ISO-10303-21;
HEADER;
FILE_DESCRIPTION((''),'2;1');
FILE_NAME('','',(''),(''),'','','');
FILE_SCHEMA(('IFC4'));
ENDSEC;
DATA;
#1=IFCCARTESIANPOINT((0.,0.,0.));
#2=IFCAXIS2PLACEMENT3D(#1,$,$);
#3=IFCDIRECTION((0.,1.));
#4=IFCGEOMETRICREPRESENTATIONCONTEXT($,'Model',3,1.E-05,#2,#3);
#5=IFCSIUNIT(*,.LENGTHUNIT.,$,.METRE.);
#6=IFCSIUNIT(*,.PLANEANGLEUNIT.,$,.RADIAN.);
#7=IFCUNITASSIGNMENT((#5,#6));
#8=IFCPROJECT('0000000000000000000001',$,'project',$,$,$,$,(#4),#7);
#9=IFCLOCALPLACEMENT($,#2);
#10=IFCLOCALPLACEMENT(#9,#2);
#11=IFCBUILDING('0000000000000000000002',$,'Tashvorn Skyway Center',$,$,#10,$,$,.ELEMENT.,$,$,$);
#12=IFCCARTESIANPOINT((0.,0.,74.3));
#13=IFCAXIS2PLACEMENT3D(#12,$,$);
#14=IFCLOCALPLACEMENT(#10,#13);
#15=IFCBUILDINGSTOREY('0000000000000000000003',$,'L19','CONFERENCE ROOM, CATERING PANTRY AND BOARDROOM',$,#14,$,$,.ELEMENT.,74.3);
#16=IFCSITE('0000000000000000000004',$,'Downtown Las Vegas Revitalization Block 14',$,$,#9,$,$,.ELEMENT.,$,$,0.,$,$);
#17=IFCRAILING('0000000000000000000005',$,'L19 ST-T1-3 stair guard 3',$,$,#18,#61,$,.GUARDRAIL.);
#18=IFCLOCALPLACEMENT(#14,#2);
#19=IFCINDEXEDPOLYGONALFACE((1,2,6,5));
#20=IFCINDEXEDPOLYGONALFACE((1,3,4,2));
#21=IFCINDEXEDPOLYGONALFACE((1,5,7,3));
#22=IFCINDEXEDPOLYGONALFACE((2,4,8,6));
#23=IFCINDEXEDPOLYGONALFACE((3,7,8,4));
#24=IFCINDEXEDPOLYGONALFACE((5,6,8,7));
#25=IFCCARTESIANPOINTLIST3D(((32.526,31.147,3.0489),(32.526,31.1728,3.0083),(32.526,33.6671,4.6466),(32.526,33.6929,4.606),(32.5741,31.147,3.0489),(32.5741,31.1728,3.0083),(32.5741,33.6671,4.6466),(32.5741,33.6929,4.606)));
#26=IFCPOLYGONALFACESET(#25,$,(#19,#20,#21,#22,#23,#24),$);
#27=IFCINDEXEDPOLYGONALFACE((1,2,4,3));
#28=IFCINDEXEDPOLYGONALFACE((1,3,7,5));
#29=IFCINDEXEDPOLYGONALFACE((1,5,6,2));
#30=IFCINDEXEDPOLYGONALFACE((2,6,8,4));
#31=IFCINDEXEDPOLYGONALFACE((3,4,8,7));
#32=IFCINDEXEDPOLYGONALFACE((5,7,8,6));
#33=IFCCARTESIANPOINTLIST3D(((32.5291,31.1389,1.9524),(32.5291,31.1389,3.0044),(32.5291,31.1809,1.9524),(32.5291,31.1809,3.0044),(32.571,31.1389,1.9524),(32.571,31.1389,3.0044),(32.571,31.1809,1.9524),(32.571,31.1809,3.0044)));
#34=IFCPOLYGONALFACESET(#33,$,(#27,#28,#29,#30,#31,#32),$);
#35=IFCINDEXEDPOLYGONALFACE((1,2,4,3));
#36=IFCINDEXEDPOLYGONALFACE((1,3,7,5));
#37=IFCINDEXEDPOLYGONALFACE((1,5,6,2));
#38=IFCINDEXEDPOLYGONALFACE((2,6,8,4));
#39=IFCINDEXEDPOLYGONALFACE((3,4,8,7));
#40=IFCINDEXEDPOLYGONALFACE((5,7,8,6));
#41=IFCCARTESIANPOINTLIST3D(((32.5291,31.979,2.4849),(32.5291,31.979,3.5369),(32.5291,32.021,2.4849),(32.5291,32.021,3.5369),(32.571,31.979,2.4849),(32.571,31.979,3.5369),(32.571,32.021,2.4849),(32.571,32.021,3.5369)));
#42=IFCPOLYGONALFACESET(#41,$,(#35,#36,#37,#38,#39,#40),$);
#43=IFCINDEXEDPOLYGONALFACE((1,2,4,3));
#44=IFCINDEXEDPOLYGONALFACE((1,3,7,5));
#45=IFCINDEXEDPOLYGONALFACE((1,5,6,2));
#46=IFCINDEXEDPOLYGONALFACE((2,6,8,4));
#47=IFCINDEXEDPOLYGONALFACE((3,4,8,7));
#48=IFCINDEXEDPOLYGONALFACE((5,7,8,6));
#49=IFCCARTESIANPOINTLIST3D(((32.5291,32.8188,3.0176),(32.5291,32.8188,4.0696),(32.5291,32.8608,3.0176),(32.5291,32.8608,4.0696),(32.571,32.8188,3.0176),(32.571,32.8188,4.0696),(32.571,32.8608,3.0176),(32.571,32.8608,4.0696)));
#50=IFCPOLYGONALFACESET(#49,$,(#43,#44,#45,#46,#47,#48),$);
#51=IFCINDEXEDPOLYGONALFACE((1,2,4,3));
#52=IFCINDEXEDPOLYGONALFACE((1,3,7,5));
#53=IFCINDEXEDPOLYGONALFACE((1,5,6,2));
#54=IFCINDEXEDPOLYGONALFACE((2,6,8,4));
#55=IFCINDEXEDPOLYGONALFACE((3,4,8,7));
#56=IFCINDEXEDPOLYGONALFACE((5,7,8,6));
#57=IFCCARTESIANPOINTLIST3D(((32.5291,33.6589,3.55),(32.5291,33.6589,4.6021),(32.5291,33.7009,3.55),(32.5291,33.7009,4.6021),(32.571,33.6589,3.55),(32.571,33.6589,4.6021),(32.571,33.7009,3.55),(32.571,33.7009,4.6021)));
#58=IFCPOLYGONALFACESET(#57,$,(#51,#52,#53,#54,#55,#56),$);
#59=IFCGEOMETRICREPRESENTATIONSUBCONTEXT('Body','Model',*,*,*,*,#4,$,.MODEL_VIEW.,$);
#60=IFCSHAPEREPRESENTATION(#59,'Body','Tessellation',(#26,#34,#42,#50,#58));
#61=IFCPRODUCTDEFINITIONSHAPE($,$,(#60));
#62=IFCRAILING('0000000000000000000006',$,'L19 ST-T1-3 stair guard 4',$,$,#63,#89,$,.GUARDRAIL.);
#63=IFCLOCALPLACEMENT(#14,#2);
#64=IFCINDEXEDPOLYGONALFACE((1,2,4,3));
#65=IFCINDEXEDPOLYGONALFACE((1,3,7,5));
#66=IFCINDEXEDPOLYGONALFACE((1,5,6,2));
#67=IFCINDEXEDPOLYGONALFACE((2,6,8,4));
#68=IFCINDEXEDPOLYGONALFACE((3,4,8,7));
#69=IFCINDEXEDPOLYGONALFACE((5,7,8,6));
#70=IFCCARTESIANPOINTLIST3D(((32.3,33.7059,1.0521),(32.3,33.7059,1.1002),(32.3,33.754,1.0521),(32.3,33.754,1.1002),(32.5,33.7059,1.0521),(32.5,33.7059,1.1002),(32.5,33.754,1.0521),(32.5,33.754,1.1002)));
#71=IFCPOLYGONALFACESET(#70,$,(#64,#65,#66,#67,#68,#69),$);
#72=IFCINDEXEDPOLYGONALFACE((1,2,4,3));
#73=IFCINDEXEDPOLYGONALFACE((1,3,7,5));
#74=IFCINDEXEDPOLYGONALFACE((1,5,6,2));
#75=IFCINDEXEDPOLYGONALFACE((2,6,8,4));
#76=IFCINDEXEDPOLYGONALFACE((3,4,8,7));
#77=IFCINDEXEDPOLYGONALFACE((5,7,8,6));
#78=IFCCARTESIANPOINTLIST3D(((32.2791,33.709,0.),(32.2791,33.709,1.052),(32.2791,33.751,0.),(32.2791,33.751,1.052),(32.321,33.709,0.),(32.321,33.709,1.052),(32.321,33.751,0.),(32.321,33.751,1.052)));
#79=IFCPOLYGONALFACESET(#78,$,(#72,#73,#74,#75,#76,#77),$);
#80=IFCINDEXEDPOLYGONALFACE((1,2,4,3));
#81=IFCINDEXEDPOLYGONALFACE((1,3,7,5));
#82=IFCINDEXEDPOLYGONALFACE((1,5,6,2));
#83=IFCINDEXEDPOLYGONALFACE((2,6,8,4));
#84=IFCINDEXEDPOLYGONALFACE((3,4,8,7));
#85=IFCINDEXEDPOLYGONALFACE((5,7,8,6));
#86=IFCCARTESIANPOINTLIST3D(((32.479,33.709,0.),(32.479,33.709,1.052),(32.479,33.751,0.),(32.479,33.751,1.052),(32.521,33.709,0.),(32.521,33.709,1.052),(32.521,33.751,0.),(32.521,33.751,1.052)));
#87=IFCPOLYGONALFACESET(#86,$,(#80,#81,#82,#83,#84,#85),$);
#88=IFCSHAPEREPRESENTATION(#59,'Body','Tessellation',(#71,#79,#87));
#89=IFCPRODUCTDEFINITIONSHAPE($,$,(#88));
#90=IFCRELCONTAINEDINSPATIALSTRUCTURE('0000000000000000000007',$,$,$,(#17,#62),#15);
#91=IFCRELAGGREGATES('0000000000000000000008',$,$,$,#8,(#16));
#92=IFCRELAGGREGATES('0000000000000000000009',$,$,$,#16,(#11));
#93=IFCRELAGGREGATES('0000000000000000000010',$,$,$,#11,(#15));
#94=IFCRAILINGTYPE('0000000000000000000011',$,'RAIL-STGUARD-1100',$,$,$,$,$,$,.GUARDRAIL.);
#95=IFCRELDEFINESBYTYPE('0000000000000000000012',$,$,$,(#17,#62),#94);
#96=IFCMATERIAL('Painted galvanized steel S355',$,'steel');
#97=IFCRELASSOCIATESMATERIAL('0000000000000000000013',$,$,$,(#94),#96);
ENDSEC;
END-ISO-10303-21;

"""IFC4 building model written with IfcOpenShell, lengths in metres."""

from ifc_helpers import new_model, si_unit, direction, frame, origin, origin_2d, place, context, subcontext, project, spatial, rectangle, extrude, material, type_object, element, save


model = new_model("IFC4")

# Units and contexts
model_context = context("Model", 3, precision=1e-05, world=origin(), true_north=direction((0.0, 1.0)))
body_context = subcontext(model_context, "Body", "Model", "MODEL_VIEW")
ifc_project = project(units=[si_unit("LENGTHUNIT", "METRE"), si_unit("PLANEANGLEUNIT", "RADIAN")], contexts=[model_context])

# Site, building, storey
site_placement = place(None, origin())
site = spatial("IfcSite", under=ifc_project, at=site_placement, Name="Downtown Las Vegas Revitalization Block 14", CompositionType="ELEMENT", RefElevation=0.0)
building_placement = place(site_placement, origin())
building = spatial("IfcBuilding", under=site, at=building_placement, Name="Tashvorn Skyway Center", CompositionType="ELEMENT")
storey_placement = place(building_placement, frame((0.0, 0.0, 74.3)))
storey = spatial("IfcBuildingStorey", under=building, at=storey_placement, Name="L19", Description="CONFERENCE ROOM, CATERING PANTRY AND BOARDROOM", CompositionType="ELEMENT", Elevation=74.3)

# Railings
ifc_material_1 = material(Name="Painted galvanized steel S355", Category="steel")
railing_type_1 = type_object("IfcRailingType", Name="RAIL-STGUARD-1100", PredefinedType="GUARDRAIL", material=ifc_material_1)
railing_1_placement = place(storey_placement, frame((32.55, 31.1599, 1.9524)))
element("IfcRailing", 1, at=railing_1_placement, inside=storey, type_object=railing_type_1, Name="L19 ST-T1-3 stair guard 3", PredefinedType="GUARDRAIL", context=body_context, shape_type="SweptSolid", body=[
    extrude(rectangle(XDim=0.0481, YDim=0.0481, at=origin_2d()), frame((0.0, 0.0, 1.0762), z_axis=(0.0, 0.84457, 0.535445), x_axis=(-1.0, 0.0, 0.0)), (0.0, 0.0, 1.0), 2.9839),
    extrude(rectangle(XDim=0.042, YDim=0.042, at=origin_2d()), origin(), (0.0, 0.0, 1.0), 1.052),
    extrude(rectangle(XDim=0.042, YDim=0.042, at=origin_2d()), frame((0.0, 0.8401, 0.5325)), (0.0, 0.0, 1.0), 1.052),
    extrude(rectangle(XDim=0.042, YDim=0.042, at=origin_2d()), frame((0.0, 1.6799, 1.0652)), (0.0, 0.0, 1.0), 1.052),
    extrude(rectangle(XDim=0.042, YDim=0.042, at=origin_2d()), frame((0.0, 2.52, 1.5977)), (0.0, 0.0, 1.0), 1.052),
])
railing_2_placement = place(storey_placement, frame((32.3, 33.73, 0.0)))
element("IfcRailing", 2, at=railing_2_placement, inside=storey, type_object=railing_type_1, Name="L19 ST-T1-3 stair guard 4", PredefinedType="GUARDRAIL", context=body_context, shape_type="SweptSolid", body=[
    extrude(rectangle(XDim=0.0481, YDim=0.0481, at=origin_2d()), frame((0.0, 0.0, 1.0762), z_axis=(1.0, 0.0, 0.0), x_axis=(0.0, 1.0, 0.0)), (0.0, 0.0, 1.0), 0.2),
    extrude(rectangle(XDim=0.042, YDim=0.042, at=origin_2d()), origin(), (0.0, 0.0, 1.0), 1.052),
    extrude(rectangle(XDim=0.042, YDim=0.042, at=origin_2d()), frame((0.2, 0.0, 0.0)), (0.0, 0.0, 1.0), 1.052),
])

save(model, "model.ifc")
